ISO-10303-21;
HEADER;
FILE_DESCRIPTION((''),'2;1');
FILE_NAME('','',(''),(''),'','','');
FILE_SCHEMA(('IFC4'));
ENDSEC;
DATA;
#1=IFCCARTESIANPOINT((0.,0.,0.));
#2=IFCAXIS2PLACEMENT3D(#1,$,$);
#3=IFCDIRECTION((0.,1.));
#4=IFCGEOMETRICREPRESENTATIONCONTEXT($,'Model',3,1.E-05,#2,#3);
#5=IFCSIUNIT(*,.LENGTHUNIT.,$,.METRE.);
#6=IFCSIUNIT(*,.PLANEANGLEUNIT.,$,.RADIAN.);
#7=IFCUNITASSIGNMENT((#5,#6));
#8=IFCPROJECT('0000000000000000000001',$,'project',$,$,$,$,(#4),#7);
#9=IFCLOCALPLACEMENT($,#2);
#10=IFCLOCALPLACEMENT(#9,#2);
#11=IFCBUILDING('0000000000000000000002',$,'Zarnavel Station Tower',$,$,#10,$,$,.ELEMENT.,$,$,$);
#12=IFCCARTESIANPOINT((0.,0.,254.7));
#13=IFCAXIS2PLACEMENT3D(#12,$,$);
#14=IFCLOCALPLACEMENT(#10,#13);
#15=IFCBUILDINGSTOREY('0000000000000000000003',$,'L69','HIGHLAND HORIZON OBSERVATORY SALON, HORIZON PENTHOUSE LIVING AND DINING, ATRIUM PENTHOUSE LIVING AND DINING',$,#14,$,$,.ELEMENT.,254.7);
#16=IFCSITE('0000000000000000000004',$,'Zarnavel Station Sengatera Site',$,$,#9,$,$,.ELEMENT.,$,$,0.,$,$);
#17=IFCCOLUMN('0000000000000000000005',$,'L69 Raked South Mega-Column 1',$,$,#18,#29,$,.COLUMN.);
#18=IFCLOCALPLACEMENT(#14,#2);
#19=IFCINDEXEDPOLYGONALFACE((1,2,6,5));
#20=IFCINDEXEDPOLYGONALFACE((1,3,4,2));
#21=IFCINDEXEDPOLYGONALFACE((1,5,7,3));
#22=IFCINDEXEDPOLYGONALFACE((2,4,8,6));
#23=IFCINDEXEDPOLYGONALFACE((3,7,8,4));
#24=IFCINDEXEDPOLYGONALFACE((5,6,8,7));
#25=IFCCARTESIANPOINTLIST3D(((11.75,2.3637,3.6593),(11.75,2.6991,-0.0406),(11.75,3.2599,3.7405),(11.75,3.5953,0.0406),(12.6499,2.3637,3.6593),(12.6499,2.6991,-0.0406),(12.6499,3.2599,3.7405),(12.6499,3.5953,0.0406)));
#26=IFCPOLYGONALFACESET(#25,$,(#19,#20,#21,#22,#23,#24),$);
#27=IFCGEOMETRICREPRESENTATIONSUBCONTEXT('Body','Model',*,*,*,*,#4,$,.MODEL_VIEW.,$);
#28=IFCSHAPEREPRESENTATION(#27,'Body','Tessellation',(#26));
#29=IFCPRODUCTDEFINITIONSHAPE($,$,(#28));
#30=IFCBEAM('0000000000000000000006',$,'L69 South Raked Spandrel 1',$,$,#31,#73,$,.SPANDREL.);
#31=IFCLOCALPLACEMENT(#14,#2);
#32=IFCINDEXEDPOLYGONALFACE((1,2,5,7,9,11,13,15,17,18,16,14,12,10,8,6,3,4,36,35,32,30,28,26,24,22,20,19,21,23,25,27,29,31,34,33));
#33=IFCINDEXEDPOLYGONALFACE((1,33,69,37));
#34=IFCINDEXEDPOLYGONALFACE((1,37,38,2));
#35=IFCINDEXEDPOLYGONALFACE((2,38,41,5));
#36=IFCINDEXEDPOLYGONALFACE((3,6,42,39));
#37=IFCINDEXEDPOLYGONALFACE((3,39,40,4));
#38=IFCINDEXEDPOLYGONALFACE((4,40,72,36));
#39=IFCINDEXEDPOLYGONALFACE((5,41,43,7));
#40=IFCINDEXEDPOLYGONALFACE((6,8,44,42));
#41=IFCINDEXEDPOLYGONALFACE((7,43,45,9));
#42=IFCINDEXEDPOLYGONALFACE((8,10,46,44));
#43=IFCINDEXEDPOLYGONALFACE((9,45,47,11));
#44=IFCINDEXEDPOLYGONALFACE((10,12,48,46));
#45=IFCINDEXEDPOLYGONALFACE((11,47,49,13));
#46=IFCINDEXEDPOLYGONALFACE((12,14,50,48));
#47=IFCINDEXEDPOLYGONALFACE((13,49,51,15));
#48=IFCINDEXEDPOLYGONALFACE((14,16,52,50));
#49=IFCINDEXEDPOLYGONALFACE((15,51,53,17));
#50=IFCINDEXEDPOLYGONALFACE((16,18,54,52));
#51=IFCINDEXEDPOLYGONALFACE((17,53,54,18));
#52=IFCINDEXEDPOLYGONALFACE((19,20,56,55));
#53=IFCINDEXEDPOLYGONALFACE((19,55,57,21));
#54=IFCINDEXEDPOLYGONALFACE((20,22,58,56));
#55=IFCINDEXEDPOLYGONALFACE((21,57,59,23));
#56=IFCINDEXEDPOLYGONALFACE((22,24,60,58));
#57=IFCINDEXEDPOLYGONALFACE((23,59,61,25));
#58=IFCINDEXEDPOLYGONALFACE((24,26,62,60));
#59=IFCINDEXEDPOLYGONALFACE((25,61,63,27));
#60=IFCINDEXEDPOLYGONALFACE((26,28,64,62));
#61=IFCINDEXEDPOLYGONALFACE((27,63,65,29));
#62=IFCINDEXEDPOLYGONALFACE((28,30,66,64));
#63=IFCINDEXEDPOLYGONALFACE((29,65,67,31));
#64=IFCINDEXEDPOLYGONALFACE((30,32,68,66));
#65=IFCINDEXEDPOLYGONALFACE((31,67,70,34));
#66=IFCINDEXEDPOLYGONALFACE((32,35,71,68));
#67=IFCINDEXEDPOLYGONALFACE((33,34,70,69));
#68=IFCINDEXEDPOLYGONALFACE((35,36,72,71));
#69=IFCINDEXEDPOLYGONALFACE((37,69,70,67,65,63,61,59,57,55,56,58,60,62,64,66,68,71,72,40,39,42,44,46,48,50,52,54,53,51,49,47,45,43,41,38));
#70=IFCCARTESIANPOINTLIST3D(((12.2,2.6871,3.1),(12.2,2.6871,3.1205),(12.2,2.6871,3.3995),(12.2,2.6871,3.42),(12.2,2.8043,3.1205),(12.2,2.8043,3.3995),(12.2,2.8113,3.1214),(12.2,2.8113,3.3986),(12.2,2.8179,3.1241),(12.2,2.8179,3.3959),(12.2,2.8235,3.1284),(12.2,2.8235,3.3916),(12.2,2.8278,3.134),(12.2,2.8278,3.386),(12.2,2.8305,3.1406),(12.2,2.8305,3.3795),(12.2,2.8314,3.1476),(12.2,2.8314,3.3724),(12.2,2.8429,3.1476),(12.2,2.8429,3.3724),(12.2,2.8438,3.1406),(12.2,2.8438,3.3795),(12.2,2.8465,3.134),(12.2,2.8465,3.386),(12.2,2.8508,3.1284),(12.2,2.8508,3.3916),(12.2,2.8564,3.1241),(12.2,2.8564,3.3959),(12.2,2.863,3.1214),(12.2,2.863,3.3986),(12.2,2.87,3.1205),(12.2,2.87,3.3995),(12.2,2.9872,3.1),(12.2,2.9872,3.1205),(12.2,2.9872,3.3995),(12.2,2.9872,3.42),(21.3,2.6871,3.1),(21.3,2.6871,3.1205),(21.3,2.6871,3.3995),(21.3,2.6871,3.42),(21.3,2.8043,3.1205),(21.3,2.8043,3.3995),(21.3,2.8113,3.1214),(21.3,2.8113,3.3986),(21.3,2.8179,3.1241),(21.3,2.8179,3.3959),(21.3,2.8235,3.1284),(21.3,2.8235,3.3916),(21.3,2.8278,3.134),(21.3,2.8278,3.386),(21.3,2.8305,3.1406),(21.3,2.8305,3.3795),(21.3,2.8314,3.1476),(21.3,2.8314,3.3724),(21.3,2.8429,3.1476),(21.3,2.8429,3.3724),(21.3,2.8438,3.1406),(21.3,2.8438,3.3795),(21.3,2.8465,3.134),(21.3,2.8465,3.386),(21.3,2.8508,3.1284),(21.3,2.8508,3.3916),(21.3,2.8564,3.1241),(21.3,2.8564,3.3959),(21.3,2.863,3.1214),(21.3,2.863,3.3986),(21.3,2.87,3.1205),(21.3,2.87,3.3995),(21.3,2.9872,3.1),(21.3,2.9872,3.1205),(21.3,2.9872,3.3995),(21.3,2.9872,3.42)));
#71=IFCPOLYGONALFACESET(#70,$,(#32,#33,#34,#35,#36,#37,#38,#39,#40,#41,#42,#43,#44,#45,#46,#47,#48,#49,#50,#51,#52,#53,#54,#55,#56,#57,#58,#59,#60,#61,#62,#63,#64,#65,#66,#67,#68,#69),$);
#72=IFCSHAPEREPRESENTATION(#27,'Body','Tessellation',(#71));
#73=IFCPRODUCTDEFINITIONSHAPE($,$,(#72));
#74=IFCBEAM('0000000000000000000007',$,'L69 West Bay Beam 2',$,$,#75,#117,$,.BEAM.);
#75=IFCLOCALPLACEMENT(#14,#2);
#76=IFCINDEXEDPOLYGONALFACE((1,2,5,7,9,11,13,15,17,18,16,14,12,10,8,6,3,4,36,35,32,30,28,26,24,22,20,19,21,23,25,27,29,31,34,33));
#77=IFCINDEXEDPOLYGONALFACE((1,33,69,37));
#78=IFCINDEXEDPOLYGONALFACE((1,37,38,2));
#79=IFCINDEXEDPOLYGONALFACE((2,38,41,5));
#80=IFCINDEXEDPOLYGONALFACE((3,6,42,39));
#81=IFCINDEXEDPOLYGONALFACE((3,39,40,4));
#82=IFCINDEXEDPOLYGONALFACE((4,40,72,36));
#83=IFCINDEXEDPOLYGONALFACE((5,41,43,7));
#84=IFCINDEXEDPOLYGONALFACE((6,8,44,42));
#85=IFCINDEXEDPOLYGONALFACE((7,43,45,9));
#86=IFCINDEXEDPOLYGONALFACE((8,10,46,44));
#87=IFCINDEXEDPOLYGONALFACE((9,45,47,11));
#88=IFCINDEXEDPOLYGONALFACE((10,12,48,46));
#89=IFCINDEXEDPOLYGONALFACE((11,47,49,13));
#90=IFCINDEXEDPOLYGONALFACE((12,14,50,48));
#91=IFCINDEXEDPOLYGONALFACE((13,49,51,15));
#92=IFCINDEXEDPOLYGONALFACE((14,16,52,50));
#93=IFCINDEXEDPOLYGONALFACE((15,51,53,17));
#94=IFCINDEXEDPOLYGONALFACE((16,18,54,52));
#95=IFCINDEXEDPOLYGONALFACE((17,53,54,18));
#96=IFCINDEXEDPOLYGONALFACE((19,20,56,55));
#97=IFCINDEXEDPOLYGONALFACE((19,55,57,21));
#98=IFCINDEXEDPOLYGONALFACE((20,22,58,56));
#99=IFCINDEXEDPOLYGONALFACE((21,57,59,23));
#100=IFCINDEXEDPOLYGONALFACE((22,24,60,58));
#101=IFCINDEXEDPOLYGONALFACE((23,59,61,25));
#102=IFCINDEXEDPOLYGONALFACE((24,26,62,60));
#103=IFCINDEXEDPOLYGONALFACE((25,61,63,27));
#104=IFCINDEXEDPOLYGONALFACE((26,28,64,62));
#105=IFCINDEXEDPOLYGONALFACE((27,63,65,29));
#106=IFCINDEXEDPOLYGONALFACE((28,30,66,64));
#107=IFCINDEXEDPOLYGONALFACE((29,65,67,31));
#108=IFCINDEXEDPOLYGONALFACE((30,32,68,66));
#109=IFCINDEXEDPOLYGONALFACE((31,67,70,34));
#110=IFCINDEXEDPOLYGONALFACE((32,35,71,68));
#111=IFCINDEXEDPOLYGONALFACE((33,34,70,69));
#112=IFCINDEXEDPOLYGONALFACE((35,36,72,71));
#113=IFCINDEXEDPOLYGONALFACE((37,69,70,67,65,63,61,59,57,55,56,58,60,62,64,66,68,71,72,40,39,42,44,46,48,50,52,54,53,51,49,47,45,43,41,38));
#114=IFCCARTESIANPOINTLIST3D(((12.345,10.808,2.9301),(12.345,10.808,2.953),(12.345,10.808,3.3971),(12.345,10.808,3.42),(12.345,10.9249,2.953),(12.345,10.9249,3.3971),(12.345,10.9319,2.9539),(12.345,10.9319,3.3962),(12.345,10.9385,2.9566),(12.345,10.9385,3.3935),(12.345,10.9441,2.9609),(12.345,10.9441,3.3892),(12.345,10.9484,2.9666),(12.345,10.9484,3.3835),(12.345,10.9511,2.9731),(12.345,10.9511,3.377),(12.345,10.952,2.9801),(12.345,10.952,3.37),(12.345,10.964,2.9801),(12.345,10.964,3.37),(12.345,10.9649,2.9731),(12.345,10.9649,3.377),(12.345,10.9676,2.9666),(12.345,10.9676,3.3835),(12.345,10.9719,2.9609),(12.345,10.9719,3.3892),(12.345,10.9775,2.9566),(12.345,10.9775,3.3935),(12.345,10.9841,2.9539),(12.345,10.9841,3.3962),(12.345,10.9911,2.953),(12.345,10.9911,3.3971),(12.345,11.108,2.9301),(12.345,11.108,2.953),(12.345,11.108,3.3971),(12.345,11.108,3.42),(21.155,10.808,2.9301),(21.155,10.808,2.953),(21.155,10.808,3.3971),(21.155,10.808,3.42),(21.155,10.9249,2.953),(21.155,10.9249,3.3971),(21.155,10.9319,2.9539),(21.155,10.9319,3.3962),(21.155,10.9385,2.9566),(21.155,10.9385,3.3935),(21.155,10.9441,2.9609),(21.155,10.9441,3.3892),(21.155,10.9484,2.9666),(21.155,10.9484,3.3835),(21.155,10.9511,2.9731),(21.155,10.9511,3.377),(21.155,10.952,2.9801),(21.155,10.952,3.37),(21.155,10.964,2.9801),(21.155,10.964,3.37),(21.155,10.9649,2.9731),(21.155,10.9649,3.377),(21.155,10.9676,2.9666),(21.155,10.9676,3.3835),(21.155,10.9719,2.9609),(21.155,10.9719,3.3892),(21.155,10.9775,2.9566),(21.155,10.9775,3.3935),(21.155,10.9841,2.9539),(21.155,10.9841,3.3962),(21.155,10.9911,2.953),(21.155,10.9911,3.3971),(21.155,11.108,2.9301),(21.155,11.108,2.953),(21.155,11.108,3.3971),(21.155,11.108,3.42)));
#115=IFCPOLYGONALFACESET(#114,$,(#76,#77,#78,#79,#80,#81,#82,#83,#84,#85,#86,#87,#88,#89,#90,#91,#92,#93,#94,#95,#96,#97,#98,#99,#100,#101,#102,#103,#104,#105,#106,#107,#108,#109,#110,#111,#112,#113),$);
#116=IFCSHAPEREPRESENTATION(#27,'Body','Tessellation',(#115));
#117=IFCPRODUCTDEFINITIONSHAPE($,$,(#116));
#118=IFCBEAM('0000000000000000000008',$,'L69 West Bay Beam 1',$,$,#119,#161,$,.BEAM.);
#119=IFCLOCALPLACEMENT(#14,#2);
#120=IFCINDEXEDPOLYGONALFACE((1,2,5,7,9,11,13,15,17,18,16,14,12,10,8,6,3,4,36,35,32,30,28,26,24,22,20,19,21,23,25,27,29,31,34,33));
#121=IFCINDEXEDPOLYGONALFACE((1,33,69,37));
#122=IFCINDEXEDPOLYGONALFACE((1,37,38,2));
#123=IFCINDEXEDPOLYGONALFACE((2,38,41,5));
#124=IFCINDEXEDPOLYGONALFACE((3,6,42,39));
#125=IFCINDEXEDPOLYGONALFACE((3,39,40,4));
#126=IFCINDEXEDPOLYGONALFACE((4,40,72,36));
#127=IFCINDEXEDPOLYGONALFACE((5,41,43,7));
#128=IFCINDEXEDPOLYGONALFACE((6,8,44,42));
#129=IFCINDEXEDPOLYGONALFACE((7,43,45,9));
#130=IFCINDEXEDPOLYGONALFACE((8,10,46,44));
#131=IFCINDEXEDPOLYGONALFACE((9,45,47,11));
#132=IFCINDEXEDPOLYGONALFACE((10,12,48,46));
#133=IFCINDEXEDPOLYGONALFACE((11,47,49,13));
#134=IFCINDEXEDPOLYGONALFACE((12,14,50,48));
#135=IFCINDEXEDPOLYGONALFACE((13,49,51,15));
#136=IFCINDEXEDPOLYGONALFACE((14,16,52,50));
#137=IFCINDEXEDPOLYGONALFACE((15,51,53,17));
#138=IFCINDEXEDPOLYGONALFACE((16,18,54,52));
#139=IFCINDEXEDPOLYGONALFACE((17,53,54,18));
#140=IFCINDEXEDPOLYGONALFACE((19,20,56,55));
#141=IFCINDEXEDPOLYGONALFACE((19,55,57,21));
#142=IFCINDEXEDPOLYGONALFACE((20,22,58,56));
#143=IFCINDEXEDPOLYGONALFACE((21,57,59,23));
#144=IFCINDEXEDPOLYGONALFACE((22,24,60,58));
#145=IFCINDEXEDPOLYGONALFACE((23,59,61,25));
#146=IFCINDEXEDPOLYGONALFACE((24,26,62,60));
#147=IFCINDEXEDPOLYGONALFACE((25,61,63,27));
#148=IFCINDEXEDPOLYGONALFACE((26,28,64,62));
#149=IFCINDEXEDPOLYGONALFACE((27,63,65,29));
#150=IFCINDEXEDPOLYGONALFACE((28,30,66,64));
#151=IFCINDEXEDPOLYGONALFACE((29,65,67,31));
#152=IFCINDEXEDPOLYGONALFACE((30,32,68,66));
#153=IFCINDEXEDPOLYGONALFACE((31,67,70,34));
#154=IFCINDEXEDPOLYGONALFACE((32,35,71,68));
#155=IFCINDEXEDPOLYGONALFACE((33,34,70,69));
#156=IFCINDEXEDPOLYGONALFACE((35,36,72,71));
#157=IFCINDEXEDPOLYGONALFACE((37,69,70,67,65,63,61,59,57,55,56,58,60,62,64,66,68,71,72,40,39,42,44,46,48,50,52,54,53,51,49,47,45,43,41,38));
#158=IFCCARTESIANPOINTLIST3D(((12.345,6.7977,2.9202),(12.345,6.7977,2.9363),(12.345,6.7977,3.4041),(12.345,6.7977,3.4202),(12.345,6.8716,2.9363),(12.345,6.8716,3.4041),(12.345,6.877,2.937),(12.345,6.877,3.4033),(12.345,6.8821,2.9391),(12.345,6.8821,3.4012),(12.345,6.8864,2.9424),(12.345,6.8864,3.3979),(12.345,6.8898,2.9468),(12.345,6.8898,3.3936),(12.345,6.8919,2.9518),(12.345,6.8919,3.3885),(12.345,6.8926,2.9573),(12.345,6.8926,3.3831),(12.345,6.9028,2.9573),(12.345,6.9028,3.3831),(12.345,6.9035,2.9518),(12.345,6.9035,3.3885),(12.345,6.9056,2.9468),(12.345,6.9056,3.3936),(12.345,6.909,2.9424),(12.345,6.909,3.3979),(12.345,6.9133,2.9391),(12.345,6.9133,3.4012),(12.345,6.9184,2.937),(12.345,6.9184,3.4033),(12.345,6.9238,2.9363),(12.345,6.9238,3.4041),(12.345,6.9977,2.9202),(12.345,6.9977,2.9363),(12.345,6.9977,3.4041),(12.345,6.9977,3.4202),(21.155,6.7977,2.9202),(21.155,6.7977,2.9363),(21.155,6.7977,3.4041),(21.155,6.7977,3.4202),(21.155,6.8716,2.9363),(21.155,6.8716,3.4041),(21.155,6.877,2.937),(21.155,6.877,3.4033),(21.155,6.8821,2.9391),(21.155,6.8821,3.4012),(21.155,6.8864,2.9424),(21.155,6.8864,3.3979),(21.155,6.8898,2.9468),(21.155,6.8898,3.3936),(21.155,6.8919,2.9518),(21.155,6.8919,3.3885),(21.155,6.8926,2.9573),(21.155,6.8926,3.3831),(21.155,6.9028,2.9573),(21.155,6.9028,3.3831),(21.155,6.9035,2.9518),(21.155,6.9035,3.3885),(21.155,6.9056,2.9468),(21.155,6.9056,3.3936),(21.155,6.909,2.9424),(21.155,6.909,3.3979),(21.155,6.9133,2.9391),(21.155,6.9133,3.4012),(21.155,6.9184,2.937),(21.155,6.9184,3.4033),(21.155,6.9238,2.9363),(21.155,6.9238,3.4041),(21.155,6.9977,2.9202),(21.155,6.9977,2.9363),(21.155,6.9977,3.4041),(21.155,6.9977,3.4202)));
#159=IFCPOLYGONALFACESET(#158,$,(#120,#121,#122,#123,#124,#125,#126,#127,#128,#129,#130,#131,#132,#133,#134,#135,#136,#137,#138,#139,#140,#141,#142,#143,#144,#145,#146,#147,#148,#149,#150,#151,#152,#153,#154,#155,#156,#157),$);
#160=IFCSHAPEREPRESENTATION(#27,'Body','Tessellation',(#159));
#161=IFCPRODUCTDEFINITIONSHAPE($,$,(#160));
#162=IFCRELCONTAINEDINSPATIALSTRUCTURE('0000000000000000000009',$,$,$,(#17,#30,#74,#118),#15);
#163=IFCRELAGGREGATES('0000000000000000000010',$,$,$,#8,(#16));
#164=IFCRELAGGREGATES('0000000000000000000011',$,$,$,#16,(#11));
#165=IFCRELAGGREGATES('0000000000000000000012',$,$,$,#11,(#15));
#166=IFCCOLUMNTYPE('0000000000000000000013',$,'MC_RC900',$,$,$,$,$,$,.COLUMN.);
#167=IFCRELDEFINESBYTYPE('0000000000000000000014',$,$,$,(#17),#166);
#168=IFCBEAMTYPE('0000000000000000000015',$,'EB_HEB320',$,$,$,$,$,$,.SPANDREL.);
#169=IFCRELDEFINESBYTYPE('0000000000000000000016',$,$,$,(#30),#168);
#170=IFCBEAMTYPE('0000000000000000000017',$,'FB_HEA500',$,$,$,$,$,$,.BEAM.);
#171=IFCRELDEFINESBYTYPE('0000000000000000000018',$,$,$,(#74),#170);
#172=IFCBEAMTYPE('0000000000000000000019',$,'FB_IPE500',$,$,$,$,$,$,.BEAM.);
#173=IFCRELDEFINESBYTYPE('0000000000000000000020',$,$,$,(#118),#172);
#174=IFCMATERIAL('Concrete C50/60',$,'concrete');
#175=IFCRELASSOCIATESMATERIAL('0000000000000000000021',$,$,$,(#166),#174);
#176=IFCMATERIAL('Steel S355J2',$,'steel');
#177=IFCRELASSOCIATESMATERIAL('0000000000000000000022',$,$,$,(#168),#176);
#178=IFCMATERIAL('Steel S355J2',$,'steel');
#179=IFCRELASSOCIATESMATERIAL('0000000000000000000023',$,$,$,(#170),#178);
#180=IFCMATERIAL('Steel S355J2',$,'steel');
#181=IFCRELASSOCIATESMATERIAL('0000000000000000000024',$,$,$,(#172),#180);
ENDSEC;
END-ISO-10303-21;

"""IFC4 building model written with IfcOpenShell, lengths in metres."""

from ifc_helpers import new_model, si_unit, direction, frame, origin, origin_2d, place, context, subcontext, project, spatial, rectangle, i_section, extrude, material, material_profile, profile_set, type_object, element, save


model = new_model("IFC4")

# Units and contexts
model_context = context("Model", 3, precision=1e-05, world=origin(), true_north=direction((0.0, 1.0)))
body_context = subcontext(model_context, "Body", "Model", "MODEL_VIEW")
ifc_project = project(units=[si_unit("LENGTHUNIT", "METRE"), si_unit("PLANEANGLEUNIT", "RADIAN")], contexts=[model_context])

# Site, building, storey
site_placement = place(None, origin())
site = spatial("IfcSite", under=ifc_project, at=site_placement, Name="Zarnavel Station Sengatera Site", CompositionType="ELEMENT", RefElevation=0.0)
building_placement = place(site_placement, origin())
building = spatial("IfcBuilding", under=site, at=building_placement, Name="Zarnavel Station Tower", CompositionType="ELEMENT")
storey_placement = place(building_placement, frame((0.0, 0.0, 254.7)))
storey = spatial("IfcBuildingStorey", under=building, at=storey_placement, Name="L69", Description="HIGHLAND HORIZON OBSERVATORY SALON, HORIZON PENTHOUSE LIVING AND DINING, ATRIUM PENTHOUSE LIVING AND DINING", CompositionType="ELEMENT", Elevation=254.7)

# Column
ifc_material_1 = material(Name="Concrete C50/60", Category="concrete")
ifc_material_profile_1 = material_profile(ifc_material_1, rectangle(XDim=0.8999, YDim=0.8999, at=origin_2d()), Name="RC900x900")
ifc_profile_set_1 = profile_set([ifc_material_profile_1], Name="Concrete C50/60")
column_type = type_object("IfcColumnType", Name="MC_RC900", PredefinedType="COLUMN", material=ifc_profile_set_1)
column_placement = place(storey_placement, frame((12.2, 3.1472, 0.0), z_axis=(0.0, -0.090293, 0.995915), x_axis=(1.0, 0.0, 0.0)))
element("IfcColumn", 1, at=column_placement, inside=storey, type_object=column_type, Name="L69 Raked South Mega-Column 1", PredefinedType="COLUMN", context=body_context, shape_type="SweptSolid", body=[
    extrude(rectangle(XDim=0.8999, YDim=0.8999, at=origin_2d()), origin(), (0.0, 0.0, 1.0), 3.7151),
])

# Beams
ifc_material_2 = material(Name="Steel S355J2", Category="steel")
ifc_material_profile_2 = material_profile(ifc_material_2, i_section(OverallWidth=0.3, OverallDepth=0.3201, WebThickness=0.0115, FlangeThickness=0.0205, FilletRadius=0.0271, at=origin_2d()), Name="HEB320")
ifc_profile_set_2 = profile_set([ifc_material_profile_2], Name="Steel S355J2")
beam_type_1 = type_object("IfcBeamType", Name="EB_HEB320", PredefinedType="SPANDREL", material=ifc_profile_set_2)
beam_1_placement = place(storey_placement, frame((12.2, 2.8372, 3.26), z_axis=(1.0, 0.0, 0.0), x_axis=(0.0, 1.0, 0.0)))
element("IfcBeam", 2, at=beam_1_placement, inside=storey, type_object=beam_type_1, Name="L69 South Raked Spandrel 1", PredefinedType="SPANDREL", context=body_context, shape_type="SweptSolid", body=[
    extrude(i_section(OverallWidth=0.3, OverallDepth=0.3201, WebThickness=0.0115, FlangeThickness=0.0205, FilletRadius=0.0271, at=origin_2d()), origin(), (0.0, 0.0, 1.0), 9.1001),
])
ifc_material_3 = material(Name="Steel S355J2", Category="steel")
ifc_material_profile_3 = material_profile(ifc_material_3, i_section(OverallWidth=0.3, OverallDepth=0.49, WebThickness=0.012, FlangeThickness=0.0229, FilletRadius=0.0271, at=origin_2d()), Name="HEA500")
ifc_profile_set_3 = profile_set([ifc_material_profile_3], Name="Steel S355J2")
beam_type_2 = type_object("IfcBeamType", Name="FB_HEA500", PredefinedType="BEAM", material=ifc_profile_set_3)
beam_2_placement = place(storey_placement, frame((12.345, 10.958, 3.175), z_axis=(1.0, 0.0, 0.0), x_axis=(0.0, 1.0, 0.0)))
element("IfcBeam", 3, at=beam_2_placement, inside=storey, type_object=beam_type_2, Name="L69 West Bay Beam 2", PredefinedType="BEAM", context=body_context, shape_type="SweptSolid", body=[
    extrude(i_section(OverallWidth=0.3, OverallDepth=0.49, WebThickness=0.012, FlangeThickness=0.0229, FilletRadius=0.0271, at=origin_2d()), origin(), (0.0, 0.0, 1.0), 8.8101),
])
ifc_material_4 = material(Name="Steel S355J2", Category="steel")
ifc_material_profile_4 = material_profile(ifc_material_4, i_section(OverallWidth=0.2, OverallDepth=0.5, WebThickness=0.0103, FlangeThickness=0.0161, FilletRadius=0.021, at=origin_2d()), Name="IPE500")
ifc_profile_set_4 = profile_set([ifc_material_profile_4], Name="Steel S355J2")
beam_type_3 = type_object("IfcBeamType", Name="FB_IPE500", PredefinedType="BEAM", material=ifc_profile_set_4)
for number, where, z_axis, x_axis, name in (
    (4, (12.345, 6.8977, 3.1702), (1.0, 0.0, 0.0), (0.0, 1.0, 0.0), "L69 West Bay Beam 1"),
):
    element("IfcBeam", number, at=place(storey_placement, frame(where, z_axis=z_axis, x_axis=x_axis)), inside=storey, type_object=beam_type_3, Name=name, PredefinedType="BEAM", context=body_context, shape_type="SweptSolid", body=[
        extrude(i_section(OverallWidth=0.2, OverallDepth=0.5, WebThickness=0.0103, FlangeThickness=0.0161, FilletRadius=0.021, at=origin_2d()), origin(), (0.0, 0.0, 1.0), 8.8101),
    ])

save(model, "model.ifc")
